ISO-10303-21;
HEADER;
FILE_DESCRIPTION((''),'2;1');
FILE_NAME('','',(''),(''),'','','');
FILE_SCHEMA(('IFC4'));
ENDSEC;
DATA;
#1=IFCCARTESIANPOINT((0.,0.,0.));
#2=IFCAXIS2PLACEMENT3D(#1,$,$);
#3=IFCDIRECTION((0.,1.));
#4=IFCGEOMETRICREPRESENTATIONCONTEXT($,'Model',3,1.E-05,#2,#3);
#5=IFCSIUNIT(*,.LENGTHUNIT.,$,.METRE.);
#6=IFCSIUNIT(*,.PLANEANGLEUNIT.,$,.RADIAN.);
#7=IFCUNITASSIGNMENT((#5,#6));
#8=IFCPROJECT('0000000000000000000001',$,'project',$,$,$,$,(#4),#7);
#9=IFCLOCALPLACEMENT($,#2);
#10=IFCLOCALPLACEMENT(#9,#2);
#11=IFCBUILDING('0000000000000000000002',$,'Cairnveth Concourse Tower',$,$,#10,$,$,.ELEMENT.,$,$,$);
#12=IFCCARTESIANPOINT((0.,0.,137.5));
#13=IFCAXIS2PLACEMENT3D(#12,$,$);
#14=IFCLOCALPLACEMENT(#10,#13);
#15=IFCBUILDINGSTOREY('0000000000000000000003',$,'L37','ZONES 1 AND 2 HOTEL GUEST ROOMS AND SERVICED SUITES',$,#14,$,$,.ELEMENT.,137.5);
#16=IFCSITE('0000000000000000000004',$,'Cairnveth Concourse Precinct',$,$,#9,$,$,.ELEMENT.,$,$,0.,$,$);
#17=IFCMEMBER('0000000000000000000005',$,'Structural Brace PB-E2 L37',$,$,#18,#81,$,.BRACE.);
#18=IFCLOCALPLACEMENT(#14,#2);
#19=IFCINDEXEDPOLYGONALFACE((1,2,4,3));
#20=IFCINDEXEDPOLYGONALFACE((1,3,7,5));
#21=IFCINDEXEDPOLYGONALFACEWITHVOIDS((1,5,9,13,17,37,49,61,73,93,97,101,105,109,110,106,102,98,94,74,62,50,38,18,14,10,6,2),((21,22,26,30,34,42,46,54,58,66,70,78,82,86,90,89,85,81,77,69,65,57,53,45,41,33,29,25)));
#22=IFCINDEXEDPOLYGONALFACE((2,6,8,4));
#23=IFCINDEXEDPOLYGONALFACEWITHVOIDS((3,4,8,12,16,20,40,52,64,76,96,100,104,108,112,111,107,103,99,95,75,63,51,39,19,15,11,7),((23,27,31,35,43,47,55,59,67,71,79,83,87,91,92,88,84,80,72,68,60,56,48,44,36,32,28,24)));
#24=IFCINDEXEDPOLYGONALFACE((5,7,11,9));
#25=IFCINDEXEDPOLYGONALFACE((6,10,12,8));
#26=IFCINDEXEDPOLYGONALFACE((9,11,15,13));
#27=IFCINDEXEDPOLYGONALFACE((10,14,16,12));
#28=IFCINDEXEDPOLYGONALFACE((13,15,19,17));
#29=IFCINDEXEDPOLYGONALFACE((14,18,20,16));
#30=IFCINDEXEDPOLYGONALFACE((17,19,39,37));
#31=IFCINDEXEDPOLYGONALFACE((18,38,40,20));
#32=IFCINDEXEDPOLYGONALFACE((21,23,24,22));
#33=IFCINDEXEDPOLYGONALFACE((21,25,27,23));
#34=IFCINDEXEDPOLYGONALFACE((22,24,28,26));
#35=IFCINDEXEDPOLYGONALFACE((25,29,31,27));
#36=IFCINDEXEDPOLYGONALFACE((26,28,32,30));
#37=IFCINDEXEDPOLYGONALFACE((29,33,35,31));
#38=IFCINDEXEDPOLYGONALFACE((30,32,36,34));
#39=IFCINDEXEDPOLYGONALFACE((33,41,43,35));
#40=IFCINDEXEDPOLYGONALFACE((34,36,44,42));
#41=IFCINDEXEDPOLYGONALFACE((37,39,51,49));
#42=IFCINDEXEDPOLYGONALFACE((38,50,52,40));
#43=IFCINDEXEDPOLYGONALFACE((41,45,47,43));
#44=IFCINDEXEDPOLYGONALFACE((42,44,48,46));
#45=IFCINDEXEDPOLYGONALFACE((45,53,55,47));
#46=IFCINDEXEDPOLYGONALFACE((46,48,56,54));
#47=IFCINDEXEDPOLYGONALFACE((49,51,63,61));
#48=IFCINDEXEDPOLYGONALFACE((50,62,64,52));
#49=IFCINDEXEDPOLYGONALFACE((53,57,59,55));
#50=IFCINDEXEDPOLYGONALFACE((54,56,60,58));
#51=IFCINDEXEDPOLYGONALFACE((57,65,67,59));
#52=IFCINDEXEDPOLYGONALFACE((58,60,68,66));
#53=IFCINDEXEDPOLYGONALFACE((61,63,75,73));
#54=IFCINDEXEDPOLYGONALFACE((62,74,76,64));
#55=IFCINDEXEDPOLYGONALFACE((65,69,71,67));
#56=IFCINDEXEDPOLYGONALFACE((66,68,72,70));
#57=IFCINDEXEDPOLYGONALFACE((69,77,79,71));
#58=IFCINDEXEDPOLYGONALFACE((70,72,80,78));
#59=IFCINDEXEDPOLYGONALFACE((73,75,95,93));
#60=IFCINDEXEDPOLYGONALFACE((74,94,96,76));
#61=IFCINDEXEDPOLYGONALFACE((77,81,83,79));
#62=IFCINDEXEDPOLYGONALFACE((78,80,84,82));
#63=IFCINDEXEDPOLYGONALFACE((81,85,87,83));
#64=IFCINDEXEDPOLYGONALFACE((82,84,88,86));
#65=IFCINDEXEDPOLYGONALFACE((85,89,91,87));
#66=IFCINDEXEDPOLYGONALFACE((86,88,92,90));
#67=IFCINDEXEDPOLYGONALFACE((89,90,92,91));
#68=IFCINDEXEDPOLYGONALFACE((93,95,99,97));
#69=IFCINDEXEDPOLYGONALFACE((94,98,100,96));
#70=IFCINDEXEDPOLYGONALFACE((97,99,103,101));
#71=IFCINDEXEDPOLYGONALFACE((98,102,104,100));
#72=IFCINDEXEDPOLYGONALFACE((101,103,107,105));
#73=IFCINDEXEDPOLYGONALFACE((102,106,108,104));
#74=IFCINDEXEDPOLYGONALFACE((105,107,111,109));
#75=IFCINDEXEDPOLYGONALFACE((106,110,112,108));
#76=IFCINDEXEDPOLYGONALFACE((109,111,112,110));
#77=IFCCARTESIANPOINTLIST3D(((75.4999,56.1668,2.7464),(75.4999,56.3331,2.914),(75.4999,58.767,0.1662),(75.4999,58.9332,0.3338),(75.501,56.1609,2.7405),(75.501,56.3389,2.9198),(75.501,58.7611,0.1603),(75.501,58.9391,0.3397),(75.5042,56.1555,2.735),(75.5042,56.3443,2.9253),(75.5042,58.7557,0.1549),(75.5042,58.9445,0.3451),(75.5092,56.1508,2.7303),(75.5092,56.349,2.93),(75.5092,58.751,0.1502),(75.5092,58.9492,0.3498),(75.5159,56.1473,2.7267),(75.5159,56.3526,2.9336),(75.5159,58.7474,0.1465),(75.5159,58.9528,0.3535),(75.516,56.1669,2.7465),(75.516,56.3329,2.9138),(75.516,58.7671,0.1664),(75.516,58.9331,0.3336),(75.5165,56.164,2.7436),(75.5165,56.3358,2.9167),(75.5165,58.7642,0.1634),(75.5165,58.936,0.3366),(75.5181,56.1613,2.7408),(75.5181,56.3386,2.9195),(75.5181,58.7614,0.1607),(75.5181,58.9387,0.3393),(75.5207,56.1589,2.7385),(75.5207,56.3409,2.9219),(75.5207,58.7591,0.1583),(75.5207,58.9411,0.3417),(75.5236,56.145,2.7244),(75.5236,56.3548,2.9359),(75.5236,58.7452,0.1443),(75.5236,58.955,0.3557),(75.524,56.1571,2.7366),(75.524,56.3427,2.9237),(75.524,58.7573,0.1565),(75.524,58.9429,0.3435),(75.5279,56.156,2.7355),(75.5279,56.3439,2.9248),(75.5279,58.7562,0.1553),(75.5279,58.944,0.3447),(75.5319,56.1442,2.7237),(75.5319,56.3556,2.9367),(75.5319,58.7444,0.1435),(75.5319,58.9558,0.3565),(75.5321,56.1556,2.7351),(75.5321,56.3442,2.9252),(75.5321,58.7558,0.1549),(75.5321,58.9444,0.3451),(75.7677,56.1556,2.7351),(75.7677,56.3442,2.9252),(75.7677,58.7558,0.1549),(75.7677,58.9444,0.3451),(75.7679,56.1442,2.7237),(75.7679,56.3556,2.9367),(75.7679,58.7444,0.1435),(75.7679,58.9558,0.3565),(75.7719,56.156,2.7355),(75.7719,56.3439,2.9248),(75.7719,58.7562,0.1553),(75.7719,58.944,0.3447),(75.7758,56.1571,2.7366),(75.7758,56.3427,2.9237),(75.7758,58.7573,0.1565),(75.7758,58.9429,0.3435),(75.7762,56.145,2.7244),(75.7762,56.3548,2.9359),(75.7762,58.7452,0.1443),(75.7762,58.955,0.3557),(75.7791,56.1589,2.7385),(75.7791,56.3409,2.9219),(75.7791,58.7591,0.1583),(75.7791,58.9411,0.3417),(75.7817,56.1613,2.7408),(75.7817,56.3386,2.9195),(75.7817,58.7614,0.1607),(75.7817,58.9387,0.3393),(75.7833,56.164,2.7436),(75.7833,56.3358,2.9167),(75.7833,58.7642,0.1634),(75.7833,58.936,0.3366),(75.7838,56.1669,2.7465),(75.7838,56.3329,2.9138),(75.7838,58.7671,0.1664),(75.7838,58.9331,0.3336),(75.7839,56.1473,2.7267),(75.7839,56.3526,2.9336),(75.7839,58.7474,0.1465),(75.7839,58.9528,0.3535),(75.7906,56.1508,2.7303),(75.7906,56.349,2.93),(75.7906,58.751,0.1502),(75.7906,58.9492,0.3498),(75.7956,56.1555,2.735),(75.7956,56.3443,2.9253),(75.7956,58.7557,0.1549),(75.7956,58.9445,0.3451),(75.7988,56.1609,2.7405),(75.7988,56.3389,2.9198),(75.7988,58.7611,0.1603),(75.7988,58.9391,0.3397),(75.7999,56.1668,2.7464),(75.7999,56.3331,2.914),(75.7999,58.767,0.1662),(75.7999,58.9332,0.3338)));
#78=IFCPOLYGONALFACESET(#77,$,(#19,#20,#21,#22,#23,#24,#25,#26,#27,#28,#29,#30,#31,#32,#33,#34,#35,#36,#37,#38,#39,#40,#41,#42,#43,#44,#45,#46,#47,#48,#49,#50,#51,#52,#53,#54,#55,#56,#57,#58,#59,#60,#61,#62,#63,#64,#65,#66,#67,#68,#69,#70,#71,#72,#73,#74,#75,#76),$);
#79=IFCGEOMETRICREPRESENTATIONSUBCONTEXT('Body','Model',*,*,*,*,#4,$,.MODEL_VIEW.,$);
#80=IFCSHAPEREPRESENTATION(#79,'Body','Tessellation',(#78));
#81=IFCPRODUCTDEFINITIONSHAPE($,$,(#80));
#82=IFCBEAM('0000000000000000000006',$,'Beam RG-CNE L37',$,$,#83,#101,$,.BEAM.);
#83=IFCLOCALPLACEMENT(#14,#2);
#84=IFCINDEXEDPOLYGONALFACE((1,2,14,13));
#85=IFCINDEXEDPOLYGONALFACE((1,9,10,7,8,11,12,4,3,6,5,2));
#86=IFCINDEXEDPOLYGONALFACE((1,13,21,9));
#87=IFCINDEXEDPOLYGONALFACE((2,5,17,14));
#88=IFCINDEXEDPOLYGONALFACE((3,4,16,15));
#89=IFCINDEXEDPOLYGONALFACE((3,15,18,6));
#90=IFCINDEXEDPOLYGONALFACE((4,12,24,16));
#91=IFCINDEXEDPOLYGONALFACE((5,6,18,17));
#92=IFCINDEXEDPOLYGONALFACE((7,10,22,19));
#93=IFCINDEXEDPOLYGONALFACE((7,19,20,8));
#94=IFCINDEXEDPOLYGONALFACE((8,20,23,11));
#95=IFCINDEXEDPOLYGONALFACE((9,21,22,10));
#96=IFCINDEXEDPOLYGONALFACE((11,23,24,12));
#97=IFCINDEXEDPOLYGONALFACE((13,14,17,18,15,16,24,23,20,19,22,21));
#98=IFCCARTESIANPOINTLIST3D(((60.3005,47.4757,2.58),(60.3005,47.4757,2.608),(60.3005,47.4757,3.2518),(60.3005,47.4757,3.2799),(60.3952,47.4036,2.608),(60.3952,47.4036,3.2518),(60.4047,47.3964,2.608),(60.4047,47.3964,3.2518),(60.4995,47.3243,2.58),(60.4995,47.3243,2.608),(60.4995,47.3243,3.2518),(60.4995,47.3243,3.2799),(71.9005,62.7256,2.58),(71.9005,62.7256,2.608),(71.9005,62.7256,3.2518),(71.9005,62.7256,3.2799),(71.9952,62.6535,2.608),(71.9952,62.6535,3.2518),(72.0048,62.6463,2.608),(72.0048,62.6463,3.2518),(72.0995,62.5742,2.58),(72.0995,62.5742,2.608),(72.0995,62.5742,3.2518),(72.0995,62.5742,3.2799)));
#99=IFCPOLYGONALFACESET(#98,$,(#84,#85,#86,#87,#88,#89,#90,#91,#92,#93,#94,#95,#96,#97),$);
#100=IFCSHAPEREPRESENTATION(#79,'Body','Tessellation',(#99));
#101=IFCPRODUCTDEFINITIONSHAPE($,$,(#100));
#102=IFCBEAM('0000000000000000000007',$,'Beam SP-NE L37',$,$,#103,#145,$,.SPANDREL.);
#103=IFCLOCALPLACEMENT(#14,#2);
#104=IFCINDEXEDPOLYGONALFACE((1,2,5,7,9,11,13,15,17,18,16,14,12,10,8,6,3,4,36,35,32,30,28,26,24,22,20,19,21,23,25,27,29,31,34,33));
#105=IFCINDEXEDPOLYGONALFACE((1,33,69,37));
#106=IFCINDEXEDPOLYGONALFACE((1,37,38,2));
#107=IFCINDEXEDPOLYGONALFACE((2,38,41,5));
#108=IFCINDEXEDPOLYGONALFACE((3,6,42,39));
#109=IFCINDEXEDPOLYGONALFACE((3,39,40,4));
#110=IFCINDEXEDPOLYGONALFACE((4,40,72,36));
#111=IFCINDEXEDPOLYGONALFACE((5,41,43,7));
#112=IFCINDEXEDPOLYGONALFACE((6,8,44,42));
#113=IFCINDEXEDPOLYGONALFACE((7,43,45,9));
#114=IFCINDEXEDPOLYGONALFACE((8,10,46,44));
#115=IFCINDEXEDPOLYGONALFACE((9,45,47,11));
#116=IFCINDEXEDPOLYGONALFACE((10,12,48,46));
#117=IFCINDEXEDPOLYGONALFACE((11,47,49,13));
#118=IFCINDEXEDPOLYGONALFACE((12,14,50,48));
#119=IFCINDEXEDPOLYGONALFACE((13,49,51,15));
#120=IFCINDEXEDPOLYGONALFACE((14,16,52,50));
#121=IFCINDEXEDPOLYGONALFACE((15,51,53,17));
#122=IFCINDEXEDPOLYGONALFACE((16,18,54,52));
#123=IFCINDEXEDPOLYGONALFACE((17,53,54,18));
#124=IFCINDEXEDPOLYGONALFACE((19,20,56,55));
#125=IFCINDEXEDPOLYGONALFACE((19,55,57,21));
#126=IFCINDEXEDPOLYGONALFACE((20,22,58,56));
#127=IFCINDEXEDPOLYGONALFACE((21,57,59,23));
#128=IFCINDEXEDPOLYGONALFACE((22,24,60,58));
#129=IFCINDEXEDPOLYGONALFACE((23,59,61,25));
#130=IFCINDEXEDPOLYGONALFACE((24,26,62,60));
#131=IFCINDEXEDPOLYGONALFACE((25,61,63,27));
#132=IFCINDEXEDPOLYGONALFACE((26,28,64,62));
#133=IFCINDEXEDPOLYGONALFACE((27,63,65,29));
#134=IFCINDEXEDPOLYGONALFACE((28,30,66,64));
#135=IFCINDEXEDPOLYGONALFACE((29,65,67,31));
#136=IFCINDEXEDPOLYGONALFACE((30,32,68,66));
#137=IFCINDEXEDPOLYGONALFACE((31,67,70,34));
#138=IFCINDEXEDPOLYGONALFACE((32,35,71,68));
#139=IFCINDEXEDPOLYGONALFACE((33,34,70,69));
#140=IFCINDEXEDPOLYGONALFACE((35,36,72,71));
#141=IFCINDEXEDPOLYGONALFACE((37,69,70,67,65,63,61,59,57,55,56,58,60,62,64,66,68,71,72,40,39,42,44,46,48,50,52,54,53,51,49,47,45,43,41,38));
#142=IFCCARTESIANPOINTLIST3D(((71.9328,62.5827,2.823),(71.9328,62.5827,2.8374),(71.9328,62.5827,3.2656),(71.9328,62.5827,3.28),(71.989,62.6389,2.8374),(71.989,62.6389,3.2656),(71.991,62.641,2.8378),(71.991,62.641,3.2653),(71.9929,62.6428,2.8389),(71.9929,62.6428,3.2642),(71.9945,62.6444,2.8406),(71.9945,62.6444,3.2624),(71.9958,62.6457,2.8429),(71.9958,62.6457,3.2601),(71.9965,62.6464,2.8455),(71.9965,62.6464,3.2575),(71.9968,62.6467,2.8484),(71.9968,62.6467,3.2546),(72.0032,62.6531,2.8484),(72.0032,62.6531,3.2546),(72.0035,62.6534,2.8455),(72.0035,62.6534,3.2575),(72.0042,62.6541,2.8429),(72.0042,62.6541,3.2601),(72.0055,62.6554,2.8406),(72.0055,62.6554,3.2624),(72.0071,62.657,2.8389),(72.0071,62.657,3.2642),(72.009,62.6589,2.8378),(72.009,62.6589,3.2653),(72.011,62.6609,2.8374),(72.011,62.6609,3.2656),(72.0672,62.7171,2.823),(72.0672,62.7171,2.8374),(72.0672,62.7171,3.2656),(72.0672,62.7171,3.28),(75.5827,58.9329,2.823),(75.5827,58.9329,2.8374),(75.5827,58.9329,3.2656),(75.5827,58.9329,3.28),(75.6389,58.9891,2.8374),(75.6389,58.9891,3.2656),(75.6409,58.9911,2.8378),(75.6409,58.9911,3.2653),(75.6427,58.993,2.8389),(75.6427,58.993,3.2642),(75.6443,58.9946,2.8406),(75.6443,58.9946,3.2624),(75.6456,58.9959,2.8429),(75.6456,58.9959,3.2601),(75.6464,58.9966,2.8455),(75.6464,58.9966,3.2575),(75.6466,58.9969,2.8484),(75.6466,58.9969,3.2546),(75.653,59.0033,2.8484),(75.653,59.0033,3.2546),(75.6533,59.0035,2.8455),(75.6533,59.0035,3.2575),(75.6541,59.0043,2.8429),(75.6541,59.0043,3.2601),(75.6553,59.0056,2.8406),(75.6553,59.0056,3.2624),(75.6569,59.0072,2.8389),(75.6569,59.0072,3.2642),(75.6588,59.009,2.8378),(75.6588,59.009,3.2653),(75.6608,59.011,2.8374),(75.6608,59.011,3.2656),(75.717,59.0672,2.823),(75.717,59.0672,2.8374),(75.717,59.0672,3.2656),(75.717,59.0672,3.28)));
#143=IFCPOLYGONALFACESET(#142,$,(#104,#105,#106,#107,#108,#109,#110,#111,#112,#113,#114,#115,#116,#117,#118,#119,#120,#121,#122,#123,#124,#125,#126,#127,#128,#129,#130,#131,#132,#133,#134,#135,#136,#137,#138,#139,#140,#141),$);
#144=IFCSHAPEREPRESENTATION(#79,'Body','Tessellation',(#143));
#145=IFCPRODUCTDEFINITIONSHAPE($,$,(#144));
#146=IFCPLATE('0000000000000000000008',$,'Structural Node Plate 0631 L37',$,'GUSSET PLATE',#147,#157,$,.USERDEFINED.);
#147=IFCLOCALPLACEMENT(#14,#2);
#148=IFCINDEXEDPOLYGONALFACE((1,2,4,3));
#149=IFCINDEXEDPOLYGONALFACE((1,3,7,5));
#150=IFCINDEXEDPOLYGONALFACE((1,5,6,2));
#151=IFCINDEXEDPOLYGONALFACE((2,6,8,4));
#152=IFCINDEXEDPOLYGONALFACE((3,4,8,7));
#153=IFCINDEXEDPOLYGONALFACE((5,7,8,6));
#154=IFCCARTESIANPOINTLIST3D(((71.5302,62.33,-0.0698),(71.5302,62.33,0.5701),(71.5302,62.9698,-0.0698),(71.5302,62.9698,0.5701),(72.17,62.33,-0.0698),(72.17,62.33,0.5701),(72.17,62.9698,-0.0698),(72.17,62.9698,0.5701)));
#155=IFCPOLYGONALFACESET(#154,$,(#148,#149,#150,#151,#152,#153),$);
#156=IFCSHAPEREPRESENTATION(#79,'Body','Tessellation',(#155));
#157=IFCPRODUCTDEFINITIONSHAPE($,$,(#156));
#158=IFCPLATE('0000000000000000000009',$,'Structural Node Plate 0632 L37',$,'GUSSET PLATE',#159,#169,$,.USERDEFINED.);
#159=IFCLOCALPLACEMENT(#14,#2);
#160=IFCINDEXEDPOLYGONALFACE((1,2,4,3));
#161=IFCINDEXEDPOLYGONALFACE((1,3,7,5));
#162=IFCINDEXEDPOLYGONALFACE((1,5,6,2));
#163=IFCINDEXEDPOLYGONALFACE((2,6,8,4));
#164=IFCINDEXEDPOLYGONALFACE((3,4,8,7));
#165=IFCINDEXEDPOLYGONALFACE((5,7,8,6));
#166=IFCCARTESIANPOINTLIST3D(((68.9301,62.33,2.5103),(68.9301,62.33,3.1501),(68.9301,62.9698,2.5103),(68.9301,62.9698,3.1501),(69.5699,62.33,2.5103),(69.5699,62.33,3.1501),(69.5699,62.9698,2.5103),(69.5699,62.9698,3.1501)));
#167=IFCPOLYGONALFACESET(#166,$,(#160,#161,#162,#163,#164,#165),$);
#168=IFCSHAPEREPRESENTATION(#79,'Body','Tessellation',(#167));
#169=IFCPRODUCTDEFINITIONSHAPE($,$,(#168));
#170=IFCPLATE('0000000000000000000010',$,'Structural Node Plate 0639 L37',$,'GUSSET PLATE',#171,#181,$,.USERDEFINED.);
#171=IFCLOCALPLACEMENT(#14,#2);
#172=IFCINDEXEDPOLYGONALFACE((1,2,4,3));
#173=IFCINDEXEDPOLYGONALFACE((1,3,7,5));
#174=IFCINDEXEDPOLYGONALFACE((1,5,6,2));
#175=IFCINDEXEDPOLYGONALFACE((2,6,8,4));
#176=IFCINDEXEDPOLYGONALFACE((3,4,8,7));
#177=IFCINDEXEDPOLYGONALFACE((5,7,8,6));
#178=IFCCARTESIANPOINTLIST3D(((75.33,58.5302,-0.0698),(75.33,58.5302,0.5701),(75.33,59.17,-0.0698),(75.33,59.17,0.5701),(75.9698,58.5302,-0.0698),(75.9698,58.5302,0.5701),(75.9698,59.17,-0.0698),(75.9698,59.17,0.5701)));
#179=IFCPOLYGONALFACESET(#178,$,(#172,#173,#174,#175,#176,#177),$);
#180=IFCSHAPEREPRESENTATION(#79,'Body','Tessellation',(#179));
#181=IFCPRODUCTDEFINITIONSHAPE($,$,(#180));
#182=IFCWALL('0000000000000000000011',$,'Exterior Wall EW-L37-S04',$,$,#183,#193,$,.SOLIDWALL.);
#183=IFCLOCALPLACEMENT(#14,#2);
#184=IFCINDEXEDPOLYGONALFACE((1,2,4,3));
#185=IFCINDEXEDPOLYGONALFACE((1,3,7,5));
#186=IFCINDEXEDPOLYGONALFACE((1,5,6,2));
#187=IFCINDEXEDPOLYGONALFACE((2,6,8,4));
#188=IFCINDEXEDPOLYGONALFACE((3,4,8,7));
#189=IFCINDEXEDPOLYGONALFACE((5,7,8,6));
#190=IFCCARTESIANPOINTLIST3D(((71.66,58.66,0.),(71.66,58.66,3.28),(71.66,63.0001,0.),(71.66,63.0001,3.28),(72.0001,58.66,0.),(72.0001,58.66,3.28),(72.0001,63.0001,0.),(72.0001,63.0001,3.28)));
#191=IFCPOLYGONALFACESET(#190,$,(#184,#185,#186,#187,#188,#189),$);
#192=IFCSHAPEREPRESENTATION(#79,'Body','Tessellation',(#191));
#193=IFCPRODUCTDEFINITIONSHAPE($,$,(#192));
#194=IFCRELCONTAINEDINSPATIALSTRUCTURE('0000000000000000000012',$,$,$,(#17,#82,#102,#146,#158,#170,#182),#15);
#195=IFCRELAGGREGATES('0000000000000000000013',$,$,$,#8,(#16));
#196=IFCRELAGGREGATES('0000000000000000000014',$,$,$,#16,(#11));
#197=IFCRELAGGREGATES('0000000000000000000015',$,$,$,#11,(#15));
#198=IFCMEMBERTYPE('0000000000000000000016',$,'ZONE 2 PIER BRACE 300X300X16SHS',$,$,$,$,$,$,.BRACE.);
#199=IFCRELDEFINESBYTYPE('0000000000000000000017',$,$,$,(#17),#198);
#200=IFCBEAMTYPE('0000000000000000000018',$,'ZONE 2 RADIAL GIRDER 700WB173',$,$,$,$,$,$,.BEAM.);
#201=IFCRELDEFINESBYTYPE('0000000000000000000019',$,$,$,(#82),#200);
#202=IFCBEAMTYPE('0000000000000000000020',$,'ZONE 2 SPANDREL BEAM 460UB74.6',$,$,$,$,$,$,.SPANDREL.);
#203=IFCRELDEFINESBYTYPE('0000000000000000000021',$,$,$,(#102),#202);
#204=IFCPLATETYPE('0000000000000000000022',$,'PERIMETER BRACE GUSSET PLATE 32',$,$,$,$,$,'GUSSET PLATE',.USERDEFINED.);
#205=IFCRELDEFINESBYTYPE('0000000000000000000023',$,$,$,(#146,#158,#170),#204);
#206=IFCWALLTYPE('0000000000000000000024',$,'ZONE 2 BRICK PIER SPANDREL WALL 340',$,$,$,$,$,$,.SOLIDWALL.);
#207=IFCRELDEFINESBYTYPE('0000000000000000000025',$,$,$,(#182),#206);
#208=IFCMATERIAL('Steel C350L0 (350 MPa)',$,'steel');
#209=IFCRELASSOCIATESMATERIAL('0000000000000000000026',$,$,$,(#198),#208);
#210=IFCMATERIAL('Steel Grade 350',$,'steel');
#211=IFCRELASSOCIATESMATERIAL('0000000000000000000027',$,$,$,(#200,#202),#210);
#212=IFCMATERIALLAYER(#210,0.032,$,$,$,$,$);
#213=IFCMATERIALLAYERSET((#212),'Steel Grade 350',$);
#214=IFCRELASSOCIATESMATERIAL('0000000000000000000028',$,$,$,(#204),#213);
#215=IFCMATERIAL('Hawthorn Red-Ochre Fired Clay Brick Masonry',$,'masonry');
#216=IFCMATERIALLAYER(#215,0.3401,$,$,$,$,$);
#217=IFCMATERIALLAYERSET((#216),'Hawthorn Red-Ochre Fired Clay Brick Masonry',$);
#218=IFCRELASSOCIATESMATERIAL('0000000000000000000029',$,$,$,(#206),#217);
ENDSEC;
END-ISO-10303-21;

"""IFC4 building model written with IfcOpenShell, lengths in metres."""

from ifc_helpers import new_model, si_unit, direction, frame, frame_2d, origin, origin_2d, place, context, subcontext, project, spatial, rectangle, hollow_rectangle, i_section, extrude, material, layer, layer_set, material_profile, profile_set, type_object, element, save


model = new_model("IFC4")

# Units and contexts
model_context = context("Model", 3, precision=1e-05, world=origin(), true_north=direction((0.0, 1.0)))
body_context = subcontext(model_context, "Body", "Model", "MODEL_VIEW")
ifc_project = project(units=[si_unit("LENGTHUNIT", "METRE"), si_unit("PLANEANGLEUNIT", "RADIAN")], contexts=[model_context])

# Site, building, storey
site_placement = place(None, origin())
site = spatial("IfcSite", under=ifc_project, at=site_placement, Name="Cairnveth Concourse Precinct", CompositionType="ELEMENT", RefElevation=0.0)
building_placement = place(site_placement, origin())
building = spatial("IfcBuilding", under=site, at=building_placement, Name="Cairnveth Concourse Tower", CompositionType="ELEMENT")
storey_placement = place(building_placement, frame((0.0, 0.0, 137.5)))
storey = spatial("IfcBuildingStorey", under=building, at=storey_placement, Name="L37", Description="ZONES 1 AND 2 HOTEL GUEST ROOMS AND SERVICED SUITES", CompositionType="ELEMENT", Elevation=137.5)

# Shared definitions
ifc_material_1 = material(Name="Steel Grade 350", Category="steel")

# Member
ifc_material_2 = material(Name="Steel C350L0 (350 MPa)", Category="steel")
ifc_material_profile_1 = material_profile(ifc_material_2, hollow_rectangle(XDim=0.3, YDim=0.3, WallThickness=0.0161, InnerFilletRadius=0.0161, OuterFilletRadius=0.032, at=origin_2d()), Name="300x300x16.0SHS")
ifc_profile_set_1 = profile_set([ifc_material_profile_1], Name="Steel C350L0 (350 MPa)")
member_type = type_object("IfcMemberType", Name="ZONE 2 PIER BRACE 300X300X16SHS", PredefinedType="BRACE", material=ifc_profile_set_1)
for number, where, z_axis, x_axis, name in (
    (1, (75.6499, 58.8501, 0.25), (0.0, -0.709834, 0.704369), (1.0, 0.0, 0.0), "Structural Brace PB-E2 L37"),
):
    element("IfcMember", number, at=place(storey_placement, frame(where, z_axis=z_axis, x_axis=x_axis)), inside=storey, type_object=member_type, Name=name, PredefinedType="BRACE", context=body_context, shape_type="SweptSolid", body=[
        extrude(hollow_rectangle(XDim=0.3, YDim=0.3, WallThickness=0.0161, InnerFilletRadius=0.0161, OuterFilletRadius=0.032, at=origin_2d()), origin(), (0.0, 0.0, 1.0), 3.6631),
    ])

# Beams
ifc_material_profile_2 = material_profile(ifc_material_1, i_section(OverallWidth=0.25, OverallDepth=0.7, WebThickness=0.012, FlangeThickness=0.0281, at=origin_2d()), Name="700WB173")
ifc_profile_set_2 = profile_set([ifc_material_profile_2], Name="Steel Grade 350")
beam_type_1 = type_object("IfcBeamType", Name="ZONE 2 RADIAL GIRDER 700WB173", PredefinedType="BEAM", material=ifc_profile_set_2)
beam_1_placement = place(storey_placement, frame((72.0, 62.6499, 2.9299), z_axis=(-0.605417, -0.795908, 0.0), x_axis=(0.795908, -0.605417, 0.0)))
element("IfcBeam", 2, at=beam_1_placement, inside=storey, type_object=beam_type_1, Name="Beam RG-CNE L37", PredefinedType="BEAM", context=body_context, shape_type="SweptSolid", body=[
    extrude(i_section(OverallWidth=0.25, OverallDepth=0.7, WebThickness=0.012, FlangeThickness=0.0281, at=origin_2d()), origin(), (0.0, 0.0, 1.0), 19.1604),
])
ifc_material_profile_3 = material_profile(ifc_material_1, i_section(OverallWidth=0.1899, OverallDepth=0.457, WebThickness=0.009, FlangeThickness=0.0144, FilletRadius=0.011, at=origin_2d()), Name="460UB74.6")
ifc_profile_set_3 = profile_set([ifc_material_profile_3], Name="Steel Grade 350")
beam_type_2 = type_object("IfcBeamType", Name="ZONE 2 SPANDREL BEAM 460UB74.6", PredefinedType="SPANDREL", material=ifc_profile_set_3)
beam_2_placement = place(storey_placement, frame((72.0, 62.6499, 3.0515), z_axis=(0.707107, -0.707107, 0.0), x_axis=(0.707107, 0.707107, 0.0)))
element("IfcBeam", 3, at=beam_2_placement, inside=storey, type_object=beam_type_2, Name="Beam SP-NE L37", PredefinedType="SPANDREL", context=body_context, shape_type="SweptSolid", body=[
    extrude(i_section(OverallWidth=0.1899, OverallDepth=0.457, WebThickness=0.009, FlangeThickness=0.0144, FilletRadius=0.011, at=origin_2d()), origin(), (0.0, 0.0, 1.0), 5.1616),
])

# Plates
ifc_layer_1 = layer(ifc_material_1, 0.032)
ifc_layer_set_1 = layer_set([ifc_layer_1], Name="Steel Grade 350")
plate_type = type_object("IfcPlateType", Name="PERIMETER BRACE GUSSET PLATE 32", ElementType="GUSSET PLATE", PredefinedType="USERDEFINED", material=ifc_layer_set_1)
for number, where, z_axis, x_axis, name in (
    (4, (71.8501, 62.6499, -0.0698), (0.0, 0.0, 1.0), (1.0, 0.0, 0.0), "Structural Node Plate 0631 L37"),
    (5, (69.25, 62.6499, 2.5103), (0.0, 0.0, 1.0), (1.0, 0.0, 0.0), "Structural Node Plate 0632 L37"),
    (6, (75.6499, 58.8501, -0.0698), (0.0, 0.0, 1.0), (1.0, 0.0, 0.0), "Structural Node Plate 0639 L37"),
):
    element("IfcPlate", number, at=place(storey_placement, frame(where, z_axis=z_axis, x_axis=x_axis)), inside=storey, type_object=plate_type, Name=name, ObjectType="GUSSET PLATE", PredefinedType="USERDEFINED", context=body_context, shape_type="SweptSolid", body=[
        extrude(rectangle(XDim=0.6399, YDim=0.6399, at=origin_2d()), origin(), (0.0, 0.0, 1.0), 0.6399),
    ])

# Wall
ifc_material_3 = material(Name="Hawthorn Red-Ochre Fired Clay Brick Masonry", Category="masonry")
ifc_layer_2 = layer(ifc_material_3, 0.3401)
ifc_layer_set_2 = layer_set([ifc_layer_2], Name="Hawthorn Red-Ochre Fired Clay Brick Masonry")
wall_type = type_object("IfcWallType", Name="ZONE 2 BRICK PIER SPANDREL WALL 340", PredefinedType="SOLIDWALL", material=ifc_layer_set_2)
wall_1_placement = place(storey_placement, frame((71.8301, 63.0, 0.0), z_axis=(0.0, 0.0, 1.0), x_axis=(0.0, -1.0, 0.0)))
element("IfcWall", 7, at=wall_1_placement, inside=storey, type_object=wall_type, Name="Exterior Wall EW-L37-S04", PredefinedType="SOLIDWALL", context=body_context, shape_type="SweptSolid", body=[
    extrude(rectangle(XDim=4.3401, YDim=0.3401, at=frame_2d((2.1699, 0.0))), origin(), (0.0, 0.0, 1.0), 3.28),
])

save(model, "model.ifc")
